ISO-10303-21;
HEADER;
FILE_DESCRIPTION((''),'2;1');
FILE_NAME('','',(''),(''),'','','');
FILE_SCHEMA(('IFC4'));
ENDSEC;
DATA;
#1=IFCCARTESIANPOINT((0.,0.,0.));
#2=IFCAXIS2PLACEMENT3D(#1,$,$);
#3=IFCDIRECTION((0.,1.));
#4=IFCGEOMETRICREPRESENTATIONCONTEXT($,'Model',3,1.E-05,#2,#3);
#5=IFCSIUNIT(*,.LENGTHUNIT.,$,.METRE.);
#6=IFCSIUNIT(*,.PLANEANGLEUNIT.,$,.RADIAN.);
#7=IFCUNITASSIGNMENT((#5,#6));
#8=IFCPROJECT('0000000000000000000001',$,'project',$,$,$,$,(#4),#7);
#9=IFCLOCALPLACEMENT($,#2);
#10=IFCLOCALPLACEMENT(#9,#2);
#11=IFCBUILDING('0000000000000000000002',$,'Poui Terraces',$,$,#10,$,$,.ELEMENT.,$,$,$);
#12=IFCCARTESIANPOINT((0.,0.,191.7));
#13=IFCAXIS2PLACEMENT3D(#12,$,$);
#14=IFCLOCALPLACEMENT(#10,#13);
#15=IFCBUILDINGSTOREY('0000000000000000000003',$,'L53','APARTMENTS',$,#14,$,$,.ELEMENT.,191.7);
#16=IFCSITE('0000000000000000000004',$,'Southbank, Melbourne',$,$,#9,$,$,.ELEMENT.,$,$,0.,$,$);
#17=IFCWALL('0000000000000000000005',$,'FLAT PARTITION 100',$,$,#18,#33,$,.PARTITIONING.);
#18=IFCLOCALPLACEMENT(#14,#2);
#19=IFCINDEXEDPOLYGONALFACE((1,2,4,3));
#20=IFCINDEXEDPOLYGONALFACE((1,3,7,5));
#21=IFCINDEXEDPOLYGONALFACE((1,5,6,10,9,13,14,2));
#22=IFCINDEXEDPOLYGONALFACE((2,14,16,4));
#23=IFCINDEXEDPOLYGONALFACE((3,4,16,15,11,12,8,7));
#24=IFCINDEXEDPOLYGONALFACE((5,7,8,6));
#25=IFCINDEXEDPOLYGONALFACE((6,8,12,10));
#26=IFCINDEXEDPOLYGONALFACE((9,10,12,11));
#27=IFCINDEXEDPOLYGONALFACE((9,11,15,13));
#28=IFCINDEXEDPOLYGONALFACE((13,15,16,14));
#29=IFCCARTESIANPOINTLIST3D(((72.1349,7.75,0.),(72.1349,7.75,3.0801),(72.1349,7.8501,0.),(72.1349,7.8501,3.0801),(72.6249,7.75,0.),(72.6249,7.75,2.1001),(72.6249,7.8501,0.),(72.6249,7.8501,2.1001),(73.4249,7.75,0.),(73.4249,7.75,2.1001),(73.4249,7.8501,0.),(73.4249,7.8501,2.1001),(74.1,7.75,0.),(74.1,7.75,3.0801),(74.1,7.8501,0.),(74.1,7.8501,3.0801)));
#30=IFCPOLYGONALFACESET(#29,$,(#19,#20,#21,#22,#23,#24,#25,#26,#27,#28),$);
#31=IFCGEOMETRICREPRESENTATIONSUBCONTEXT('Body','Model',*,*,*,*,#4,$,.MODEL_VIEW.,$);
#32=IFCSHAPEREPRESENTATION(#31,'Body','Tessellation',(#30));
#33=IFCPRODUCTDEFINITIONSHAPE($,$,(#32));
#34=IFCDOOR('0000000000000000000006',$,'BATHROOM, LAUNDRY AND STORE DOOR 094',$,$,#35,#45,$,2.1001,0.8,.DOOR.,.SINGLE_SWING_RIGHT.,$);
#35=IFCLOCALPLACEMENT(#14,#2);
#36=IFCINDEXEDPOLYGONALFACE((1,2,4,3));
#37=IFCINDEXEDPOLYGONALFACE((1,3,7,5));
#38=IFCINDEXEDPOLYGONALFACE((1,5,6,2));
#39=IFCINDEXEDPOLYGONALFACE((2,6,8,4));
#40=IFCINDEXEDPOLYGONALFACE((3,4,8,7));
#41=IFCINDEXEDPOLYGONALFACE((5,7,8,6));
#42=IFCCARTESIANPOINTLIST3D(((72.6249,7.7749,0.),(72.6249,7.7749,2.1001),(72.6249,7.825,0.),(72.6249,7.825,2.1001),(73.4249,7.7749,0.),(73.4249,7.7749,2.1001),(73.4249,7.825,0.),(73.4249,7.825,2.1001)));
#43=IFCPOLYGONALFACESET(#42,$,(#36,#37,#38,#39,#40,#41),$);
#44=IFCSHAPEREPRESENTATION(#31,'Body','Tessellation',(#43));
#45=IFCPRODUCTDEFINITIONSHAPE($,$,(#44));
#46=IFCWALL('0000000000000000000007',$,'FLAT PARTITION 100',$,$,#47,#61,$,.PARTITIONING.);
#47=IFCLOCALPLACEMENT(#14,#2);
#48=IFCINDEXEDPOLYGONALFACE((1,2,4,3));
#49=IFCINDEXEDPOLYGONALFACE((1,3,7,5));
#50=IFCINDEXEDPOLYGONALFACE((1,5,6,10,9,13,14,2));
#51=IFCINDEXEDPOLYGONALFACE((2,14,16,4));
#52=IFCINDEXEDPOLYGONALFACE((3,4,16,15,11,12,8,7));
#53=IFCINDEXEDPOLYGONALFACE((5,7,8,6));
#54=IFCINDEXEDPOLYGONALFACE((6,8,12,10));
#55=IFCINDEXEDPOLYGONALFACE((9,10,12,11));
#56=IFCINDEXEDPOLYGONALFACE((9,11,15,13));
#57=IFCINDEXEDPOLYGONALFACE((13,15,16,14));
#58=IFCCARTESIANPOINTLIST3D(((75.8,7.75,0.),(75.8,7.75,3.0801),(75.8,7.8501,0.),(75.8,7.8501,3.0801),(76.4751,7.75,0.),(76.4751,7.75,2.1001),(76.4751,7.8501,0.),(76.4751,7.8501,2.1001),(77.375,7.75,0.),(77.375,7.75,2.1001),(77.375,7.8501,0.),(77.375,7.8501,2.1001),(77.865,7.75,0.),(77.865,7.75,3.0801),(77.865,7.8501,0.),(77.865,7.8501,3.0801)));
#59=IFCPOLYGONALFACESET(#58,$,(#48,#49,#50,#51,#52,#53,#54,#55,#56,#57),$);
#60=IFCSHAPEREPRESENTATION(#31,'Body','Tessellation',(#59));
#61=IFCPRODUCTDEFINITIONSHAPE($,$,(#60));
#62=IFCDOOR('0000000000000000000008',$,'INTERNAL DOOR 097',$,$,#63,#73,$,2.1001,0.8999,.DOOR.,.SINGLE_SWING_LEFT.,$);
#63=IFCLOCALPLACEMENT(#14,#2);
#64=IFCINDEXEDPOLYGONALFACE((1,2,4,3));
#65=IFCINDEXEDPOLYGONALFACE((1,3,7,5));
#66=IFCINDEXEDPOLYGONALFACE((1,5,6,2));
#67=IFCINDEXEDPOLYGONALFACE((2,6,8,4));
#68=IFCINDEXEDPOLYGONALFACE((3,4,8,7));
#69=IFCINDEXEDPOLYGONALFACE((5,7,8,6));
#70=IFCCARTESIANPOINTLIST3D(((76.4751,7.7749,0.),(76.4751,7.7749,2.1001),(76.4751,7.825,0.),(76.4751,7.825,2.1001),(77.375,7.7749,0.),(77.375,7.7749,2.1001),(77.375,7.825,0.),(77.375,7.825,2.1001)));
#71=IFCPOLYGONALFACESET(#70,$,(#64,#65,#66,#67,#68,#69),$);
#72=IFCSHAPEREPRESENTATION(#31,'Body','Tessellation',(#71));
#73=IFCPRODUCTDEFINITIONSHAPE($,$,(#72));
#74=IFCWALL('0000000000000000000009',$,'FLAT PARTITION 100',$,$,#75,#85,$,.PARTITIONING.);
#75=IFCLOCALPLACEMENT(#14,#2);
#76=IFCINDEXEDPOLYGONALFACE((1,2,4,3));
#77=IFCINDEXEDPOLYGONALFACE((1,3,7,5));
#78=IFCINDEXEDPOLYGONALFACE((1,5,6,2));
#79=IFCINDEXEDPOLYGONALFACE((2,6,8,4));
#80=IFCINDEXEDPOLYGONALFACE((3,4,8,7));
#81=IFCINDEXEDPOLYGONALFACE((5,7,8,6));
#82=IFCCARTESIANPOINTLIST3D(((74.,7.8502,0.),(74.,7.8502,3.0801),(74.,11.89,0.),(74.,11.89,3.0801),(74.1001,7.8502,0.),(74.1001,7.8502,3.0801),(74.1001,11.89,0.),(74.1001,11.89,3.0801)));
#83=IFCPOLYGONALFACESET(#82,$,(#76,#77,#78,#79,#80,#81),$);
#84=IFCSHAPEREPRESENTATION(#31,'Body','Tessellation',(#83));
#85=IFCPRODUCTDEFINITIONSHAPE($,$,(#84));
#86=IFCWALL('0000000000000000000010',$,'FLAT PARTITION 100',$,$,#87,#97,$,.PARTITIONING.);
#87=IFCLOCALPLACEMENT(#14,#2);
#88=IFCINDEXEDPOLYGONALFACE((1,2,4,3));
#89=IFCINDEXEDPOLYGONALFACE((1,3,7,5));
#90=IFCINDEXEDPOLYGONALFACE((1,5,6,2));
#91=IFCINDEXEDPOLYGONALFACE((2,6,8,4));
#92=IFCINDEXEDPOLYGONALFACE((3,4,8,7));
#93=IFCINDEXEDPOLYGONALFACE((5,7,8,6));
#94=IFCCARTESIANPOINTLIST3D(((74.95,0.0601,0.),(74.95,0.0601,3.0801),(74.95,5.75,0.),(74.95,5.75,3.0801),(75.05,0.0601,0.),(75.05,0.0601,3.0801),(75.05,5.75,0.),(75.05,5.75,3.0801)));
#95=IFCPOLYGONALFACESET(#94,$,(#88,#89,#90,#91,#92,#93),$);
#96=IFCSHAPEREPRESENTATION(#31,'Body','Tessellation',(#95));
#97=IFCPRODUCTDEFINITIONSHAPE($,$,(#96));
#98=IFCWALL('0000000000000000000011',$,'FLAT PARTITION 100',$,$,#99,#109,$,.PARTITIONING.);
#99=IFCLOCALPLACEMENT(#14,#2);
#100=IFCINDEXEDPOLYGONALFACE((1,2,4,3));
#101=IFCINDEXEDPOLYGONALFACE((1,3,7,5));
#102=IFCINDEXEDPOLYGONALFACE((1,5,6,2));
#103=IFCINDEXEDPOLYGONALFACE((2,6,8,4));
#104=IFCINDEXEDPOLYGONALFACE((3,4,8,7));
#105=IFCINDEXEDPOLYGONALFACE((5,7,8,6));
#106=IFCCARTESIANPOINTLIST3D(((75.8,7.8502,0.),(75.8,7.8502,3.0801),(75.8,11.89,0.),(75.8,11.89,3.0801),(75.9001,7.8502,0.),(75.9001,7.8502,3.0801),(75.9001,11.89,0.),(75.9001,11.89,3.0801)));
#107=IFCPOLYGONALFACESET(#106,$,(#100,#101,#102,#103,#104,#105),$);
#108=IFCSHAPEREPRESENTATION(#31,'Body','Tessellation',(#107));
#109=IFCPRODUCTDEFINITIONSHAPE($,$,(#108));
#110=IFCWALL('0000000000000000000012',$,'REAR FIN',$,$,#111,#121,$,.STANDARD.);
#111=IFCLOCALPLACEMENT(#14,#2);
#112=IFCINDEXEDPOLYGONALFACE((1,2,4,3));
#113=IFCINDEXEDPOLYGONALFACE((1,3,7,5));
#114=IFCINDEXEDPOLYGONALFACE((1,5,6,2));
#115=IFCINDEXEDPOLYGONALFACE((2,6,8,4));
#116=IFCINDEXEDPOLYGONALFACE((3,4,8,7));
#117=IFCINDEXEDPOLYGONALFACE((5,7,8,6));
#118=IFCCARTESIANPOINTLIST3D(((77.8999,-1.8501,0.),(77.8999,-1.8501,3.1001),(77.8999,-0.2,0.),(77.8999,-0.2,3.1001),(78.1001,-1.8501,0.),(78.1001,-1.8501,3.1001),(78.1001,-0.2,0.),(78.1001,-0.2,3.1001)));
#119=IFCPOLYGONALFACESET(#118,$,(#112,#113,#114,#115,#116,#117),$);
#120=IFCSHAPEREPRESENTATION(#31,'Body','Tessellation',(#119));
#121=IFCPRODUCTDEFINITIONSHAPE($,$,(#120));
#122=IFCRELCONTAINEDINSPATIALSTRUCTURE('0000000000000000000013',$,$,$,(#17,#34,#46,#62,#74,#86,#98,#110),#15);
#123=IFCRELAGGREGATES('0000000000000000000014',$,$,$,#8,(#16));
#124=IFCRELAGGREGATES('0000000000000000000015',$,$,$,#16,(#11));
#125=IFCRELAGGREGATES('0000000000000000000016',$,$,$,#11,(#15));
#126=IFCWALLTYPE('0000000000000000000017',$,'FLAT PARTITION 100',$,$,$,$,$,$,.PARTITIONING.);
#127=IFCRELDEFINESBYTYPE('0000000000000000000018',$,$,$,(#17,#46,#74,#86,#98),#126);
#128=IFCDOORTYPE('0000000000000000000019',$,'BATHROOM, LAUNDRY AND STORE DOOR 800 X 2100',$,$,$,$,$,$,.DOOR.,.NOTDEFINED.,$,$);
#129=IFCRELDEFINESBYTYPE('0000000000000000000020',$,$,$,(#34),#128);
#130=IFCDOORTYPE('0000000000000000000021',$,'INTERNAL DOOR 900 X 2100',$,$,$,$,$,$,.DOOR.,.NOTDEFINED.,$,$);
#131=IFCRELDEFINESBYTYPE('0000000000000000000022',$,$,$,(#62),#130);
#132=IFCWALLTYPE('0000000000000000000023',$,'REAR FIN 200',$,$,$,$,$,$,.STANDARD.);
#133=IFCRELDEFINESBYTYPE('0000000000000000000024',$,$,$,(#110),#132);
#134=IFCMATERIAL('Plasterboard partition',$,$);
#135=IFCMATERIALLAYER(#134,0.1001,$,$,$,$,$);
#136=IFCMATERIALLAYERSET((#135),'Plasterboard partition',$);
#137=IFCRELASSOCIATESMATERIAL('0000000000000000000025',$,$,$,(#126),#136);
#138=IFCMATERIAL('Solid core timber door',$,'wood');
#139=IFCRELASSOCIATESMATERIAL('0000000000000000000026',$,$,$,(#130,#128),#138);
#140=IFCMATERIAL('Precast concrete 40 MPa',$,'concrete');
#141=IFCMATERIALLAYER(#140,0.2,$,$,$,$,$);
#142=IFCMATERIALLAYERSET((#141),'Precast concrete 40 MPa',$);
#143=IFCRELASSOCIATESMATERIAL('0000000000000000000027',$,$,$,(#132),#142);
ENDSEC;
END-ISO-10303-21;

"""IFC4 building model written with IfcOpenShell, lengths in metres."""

from ifc_helpers import new_model, si_unit, direction, frame, frame_2d, origin, place, context, subcontext, project, spatial, polyline, rectangle, outline, extrude, source, transform, mapped, material, layer, layer_set, type_object, element, fill, save


model = new_model("IFC4")

# Units and contexts
model_context = context("Model", 3, precision=1e-05, world=origin(), true_north=direction((0.0, 1.0)))
body_context = subcontext(model_context, "Body", "Model", "MODEL_VIEW")
ifc_project = project(units=[si_unit("LENGTHUNIT", "METRE"), si_unit("PLANEANGLEUNIT", "RADIAN")], contexts=[model_context])

# Site, building, storey
site_placement = place(None, origin())
site = spatial("IfcSite", under=ifc_project, at=site_placement, Name="Southbank, Melbourne", CompositionType="ELEMENT", RefElevation=0.0)
building_placement = place(site_placement, origin())
building = spatial("IfcBuilding", under=site, at=building_placement, Name="Poui Terraces", CompositionType="ELEMENT")
storey_placement = place(building_placement, frame((0.0, 0.0, 191.7)))
storey = spatial("IfcBuildingStorey", under=building, at=storey_placement, Name="L53", Description="APARTMENTS", CompositionType="ELEMENT", Elevation=191.7)

# Walls, openings, doors
ifc_material_1 = material(Name="Plasterboard partition")
ifc_layer_1 = layer(ifc_material_1, 0.1001)
ifc_layer_set_1 = layer_set([ifc_layer_1], Name="Plasterboard partition")
wall_type_1 = type_object("IfcWallType", Name="FLAT PARTITION 100", PredefinedType="PARTITIONING", material=ifc_layer_set_1)
ifc_material_2 = material(Name="Solid core timber door", Category="wood")
door_type_1 = type_object("IfcDoorType", Name="INTERNAL DOOR 900 X 2100", OperationType="NOTDEFINED", PredefinedType="DOOR", material=ifc_material_2)
wall_1_placement = place(storey_placement, frame((72.135, 7.8, 0.0), z_axis=(0.0, 0.0, 1.0), x_axis=(1.0, 0.0, 0.0)))
wall_1 = element("IfcWall", 1, at=wall_1_placement, inside=storey, type_object=wall_type_1, Name="FLAT PARTITION 100", PredefinedType="PARTITIONING", context=body_context, shape_type="SweptSolid", body=[
    extrude(rectangle(XDim=1.9651, YDim=0.1001, at=frame_2d((0.9824, 0.0))), origin(), (0.0, 0.0, 1.0), 3.0801),
])
opening_1_placement = place(wall_1_placement, frame((0.49, 0.0, 0.0)))
opening_1 = element("IfcOpeningElement", 2, at=opening_1_placement, cuts=wall_1, PredefinedType="OPENING", context=body_context, shape_type="SweptSolid", body=[
    extrude(rectangle(XDim=0.8, YDim=2.1001, at=frame_2d((0.3999, 1.05))), frame((0.0, 0.0601, 0.0), z_axis=(0.0, -1.0, 0.0), x_axis=(1.0, 0.0, 0.0)), (0.0, 0.0, 1.0), 0.1201),
])
door_type_2 = type_object("IfcDoorType", Name="BATHROOM, LAUNDRY AND STORE DOOR 800 X 2100", OperationType="NOTDEFINED", PredefinedType="DOOR", material=ifc_material_2)
door_1_placement = place(opening_1_placement, origin())
door_1 = element("IfcDoor", 3, at=door_1_placement, inside=storey, type_object=door_type_2, Name="BATHROOM, LAUNDRY AND STORE DOOR 094", OperationType="SINGLE_SWING_RIGHT", OverallHeight=2.1001, OverallWidth=0.8, PredefinedType="DOOR", context=body_context, shape_type="SweptSolid", body=[
    extrude(rectangle(XDim=0.8, YDim=2.1001, at=frame_2d((0.3999, 1.05))), frame((0.0, 0.0249, 0.0), z_axis=(0.0, -1.0, 0.0), x_axis=(1.0, 0.0, 0.0)), (0.0, 0.0, 1.0), 0.05),
])
fill(opening_1, door_1)
wall_2_placement = place(storey_placement, frame((75.8, 7.8, 0.0), z_axis=(0.0, 0.0, 1.0), x_axis=(1.0, 0.0, 0.0)))
wall_2 = element("IfcWall", 4, at=wall_2_placement, inside=storey, type_object=wall_type_1, Name="FLAT PARTITION 100", PredefinedType="PARTITIONING", context=body_context, shape_type="SweptSolid", body=[
    extrude(rectangle(XDim=2.0649, YDim=0.1001, at=frame_2d((1.0325, 0.0))), origin(), (0.0, 0.0, 1.0), 3.0801),
])
opening_2_placement = place(wall_2_placement, frame((0.675, 0.0, 0.0)))
opening_2 = element("IfcOpeningElement", 5, at=opening_2_placement, cuts=wall_2, PredefinedType="OPENING", context=body_context, shape_type="SweptSolid", body=[
    extrude(rectangle(XDim=0.8999, YDim=2.1001, at=frame_2d((0.45, 1.05))), frame((0.0, 0.0601, 0.0), z_axis=(0.0, -1.0, 0.0), x_axis=(1.0, 0.0, 0.0)), (0.0, 0.0, 1.0), 0.1201),
])
door_2_placement = place(opening_2_placement, origin())
door_2 = element("IfcDoor", 6, at=door_2_placement, inside=storey, type_object=door_type_1, Name="INTERNAL DOOR 097", OperationType="SINGLE_SWING_LEFT", OverallHeight=2.1001, OverallWidth=0.8999, PredefinedType="DOOR", context=body_context, shape_type="SweptSolid", body=[
    extrude(rectangle(XDim=0.8999, YDim=2.1001, at=frame_2d((0.45, 1.05))), frame((0.0, 0.0249, 0.0), z_axis=(0.0, -1.0, 0.0), x_axis=(1.0, 0.0, 0.0)), (0.0, 0.0, 1.0), 0.05),
])
fill(opening_2, door_2)

# Walls
wall_3_placement = place(storey_placement, frame((74.05, 7.8501, 0.0), z_axis=(0.0, 0.0, 1.0), x_axis=(0.0, 1.0, 0.0)))
element("IfcWall", 7, at=wall_3_placement, inside=storey, type_object=wall_type_1, Name="FLAT PARTITION 100", PredefinedType="PARTITIONING", context=body_context, shape_type="SweptSolid", body=[
    extrude(rectangle(XDim=4.0398, YDim=0.1001, at=frame_2d((2.02, 0.0))), origin(), (0.0, 0.0, 1.0), 3.0801),
])
wall_4_placement = place(storey_placement, frame((75.0, 0.0601, 0.0), z_axis=(0.0, 0.0, 1.0), x_axis=(0.0, 1.0, 0.0)))
element("IfcWall", 8, at=wall_4_placement, inside=storey, type_object=wall_type_1, Name="FLAT PARTITION 100", PredefinedType="PARTITIONING", context=body_context, shape_type="SweptSolid", body=[
    extrude(rectangle(XDim=5.6899, YDim=0.1001, at=frame_2d((2.845, 0.0))), origin(), (0.0, 0.0, 1.0), 3.0801),
])
wall_5_placement = place(storey_placement, frame((75.8501, 7.8501, 0.0), z_axis=(0.0, 0.0, 1.0), x_axis=(0.0, 1.0, 0.0)))
element("IfcWall", 9, at=wall_5_placement, inside=storey, type_object=wall_type_1, Name="FLAT PARTITION 100", PredefinedType="PARTITIONING", context=body_context, shape_type="SweptSolid", body=[
    extrude(rectangle(XDim=4.0398, YDim=0.1001, at=frame_2d((2.02, 0.0))), origin(), (0.0, 0.0, 1.0), 3.0801),
])
ifc_material_3 = material(Name="Precast concrete 40 MPa", Category="concrete")
ifc_layer_2 = layer(ifc_material_3, 0.2)
ifc_layer_set_2 = layer_set([ifc_layer_2], Name="Precast concrete 40 MPa")
wall_type_2 = type_object("IfcWallType", Name="REAR FIN 200", PredefinedType="STANDARD", material=ifc_layer_set_2)
shared_shape_1 = source(origin(), body_context, "Body", "SweptSolid", [
    extrude(outline(polyline([(0.0, 0.0), (0.2002, 0.0), (0.2002, 1.6501), (0.0, 1.6501), (0.0, 0.0)])), origin(), (0.0, 0.0, 1.0), 3.1001),
])
wall_6_placement = place(storey_placement, frame((77.8999, -1.8501, 0.0)))
element("IfcWall", 10, at=wall_6_placement, inside=storey, type_object=wall_type_2, Name="REAR FIN", PredefinedType="STANDARD", context=body_context, shape_type="MappedRepresentation", body=[
    mapped(shared_shape_1, transform((0.0, 0.0, 0.0))),
])

save(model, "model.ifc")
